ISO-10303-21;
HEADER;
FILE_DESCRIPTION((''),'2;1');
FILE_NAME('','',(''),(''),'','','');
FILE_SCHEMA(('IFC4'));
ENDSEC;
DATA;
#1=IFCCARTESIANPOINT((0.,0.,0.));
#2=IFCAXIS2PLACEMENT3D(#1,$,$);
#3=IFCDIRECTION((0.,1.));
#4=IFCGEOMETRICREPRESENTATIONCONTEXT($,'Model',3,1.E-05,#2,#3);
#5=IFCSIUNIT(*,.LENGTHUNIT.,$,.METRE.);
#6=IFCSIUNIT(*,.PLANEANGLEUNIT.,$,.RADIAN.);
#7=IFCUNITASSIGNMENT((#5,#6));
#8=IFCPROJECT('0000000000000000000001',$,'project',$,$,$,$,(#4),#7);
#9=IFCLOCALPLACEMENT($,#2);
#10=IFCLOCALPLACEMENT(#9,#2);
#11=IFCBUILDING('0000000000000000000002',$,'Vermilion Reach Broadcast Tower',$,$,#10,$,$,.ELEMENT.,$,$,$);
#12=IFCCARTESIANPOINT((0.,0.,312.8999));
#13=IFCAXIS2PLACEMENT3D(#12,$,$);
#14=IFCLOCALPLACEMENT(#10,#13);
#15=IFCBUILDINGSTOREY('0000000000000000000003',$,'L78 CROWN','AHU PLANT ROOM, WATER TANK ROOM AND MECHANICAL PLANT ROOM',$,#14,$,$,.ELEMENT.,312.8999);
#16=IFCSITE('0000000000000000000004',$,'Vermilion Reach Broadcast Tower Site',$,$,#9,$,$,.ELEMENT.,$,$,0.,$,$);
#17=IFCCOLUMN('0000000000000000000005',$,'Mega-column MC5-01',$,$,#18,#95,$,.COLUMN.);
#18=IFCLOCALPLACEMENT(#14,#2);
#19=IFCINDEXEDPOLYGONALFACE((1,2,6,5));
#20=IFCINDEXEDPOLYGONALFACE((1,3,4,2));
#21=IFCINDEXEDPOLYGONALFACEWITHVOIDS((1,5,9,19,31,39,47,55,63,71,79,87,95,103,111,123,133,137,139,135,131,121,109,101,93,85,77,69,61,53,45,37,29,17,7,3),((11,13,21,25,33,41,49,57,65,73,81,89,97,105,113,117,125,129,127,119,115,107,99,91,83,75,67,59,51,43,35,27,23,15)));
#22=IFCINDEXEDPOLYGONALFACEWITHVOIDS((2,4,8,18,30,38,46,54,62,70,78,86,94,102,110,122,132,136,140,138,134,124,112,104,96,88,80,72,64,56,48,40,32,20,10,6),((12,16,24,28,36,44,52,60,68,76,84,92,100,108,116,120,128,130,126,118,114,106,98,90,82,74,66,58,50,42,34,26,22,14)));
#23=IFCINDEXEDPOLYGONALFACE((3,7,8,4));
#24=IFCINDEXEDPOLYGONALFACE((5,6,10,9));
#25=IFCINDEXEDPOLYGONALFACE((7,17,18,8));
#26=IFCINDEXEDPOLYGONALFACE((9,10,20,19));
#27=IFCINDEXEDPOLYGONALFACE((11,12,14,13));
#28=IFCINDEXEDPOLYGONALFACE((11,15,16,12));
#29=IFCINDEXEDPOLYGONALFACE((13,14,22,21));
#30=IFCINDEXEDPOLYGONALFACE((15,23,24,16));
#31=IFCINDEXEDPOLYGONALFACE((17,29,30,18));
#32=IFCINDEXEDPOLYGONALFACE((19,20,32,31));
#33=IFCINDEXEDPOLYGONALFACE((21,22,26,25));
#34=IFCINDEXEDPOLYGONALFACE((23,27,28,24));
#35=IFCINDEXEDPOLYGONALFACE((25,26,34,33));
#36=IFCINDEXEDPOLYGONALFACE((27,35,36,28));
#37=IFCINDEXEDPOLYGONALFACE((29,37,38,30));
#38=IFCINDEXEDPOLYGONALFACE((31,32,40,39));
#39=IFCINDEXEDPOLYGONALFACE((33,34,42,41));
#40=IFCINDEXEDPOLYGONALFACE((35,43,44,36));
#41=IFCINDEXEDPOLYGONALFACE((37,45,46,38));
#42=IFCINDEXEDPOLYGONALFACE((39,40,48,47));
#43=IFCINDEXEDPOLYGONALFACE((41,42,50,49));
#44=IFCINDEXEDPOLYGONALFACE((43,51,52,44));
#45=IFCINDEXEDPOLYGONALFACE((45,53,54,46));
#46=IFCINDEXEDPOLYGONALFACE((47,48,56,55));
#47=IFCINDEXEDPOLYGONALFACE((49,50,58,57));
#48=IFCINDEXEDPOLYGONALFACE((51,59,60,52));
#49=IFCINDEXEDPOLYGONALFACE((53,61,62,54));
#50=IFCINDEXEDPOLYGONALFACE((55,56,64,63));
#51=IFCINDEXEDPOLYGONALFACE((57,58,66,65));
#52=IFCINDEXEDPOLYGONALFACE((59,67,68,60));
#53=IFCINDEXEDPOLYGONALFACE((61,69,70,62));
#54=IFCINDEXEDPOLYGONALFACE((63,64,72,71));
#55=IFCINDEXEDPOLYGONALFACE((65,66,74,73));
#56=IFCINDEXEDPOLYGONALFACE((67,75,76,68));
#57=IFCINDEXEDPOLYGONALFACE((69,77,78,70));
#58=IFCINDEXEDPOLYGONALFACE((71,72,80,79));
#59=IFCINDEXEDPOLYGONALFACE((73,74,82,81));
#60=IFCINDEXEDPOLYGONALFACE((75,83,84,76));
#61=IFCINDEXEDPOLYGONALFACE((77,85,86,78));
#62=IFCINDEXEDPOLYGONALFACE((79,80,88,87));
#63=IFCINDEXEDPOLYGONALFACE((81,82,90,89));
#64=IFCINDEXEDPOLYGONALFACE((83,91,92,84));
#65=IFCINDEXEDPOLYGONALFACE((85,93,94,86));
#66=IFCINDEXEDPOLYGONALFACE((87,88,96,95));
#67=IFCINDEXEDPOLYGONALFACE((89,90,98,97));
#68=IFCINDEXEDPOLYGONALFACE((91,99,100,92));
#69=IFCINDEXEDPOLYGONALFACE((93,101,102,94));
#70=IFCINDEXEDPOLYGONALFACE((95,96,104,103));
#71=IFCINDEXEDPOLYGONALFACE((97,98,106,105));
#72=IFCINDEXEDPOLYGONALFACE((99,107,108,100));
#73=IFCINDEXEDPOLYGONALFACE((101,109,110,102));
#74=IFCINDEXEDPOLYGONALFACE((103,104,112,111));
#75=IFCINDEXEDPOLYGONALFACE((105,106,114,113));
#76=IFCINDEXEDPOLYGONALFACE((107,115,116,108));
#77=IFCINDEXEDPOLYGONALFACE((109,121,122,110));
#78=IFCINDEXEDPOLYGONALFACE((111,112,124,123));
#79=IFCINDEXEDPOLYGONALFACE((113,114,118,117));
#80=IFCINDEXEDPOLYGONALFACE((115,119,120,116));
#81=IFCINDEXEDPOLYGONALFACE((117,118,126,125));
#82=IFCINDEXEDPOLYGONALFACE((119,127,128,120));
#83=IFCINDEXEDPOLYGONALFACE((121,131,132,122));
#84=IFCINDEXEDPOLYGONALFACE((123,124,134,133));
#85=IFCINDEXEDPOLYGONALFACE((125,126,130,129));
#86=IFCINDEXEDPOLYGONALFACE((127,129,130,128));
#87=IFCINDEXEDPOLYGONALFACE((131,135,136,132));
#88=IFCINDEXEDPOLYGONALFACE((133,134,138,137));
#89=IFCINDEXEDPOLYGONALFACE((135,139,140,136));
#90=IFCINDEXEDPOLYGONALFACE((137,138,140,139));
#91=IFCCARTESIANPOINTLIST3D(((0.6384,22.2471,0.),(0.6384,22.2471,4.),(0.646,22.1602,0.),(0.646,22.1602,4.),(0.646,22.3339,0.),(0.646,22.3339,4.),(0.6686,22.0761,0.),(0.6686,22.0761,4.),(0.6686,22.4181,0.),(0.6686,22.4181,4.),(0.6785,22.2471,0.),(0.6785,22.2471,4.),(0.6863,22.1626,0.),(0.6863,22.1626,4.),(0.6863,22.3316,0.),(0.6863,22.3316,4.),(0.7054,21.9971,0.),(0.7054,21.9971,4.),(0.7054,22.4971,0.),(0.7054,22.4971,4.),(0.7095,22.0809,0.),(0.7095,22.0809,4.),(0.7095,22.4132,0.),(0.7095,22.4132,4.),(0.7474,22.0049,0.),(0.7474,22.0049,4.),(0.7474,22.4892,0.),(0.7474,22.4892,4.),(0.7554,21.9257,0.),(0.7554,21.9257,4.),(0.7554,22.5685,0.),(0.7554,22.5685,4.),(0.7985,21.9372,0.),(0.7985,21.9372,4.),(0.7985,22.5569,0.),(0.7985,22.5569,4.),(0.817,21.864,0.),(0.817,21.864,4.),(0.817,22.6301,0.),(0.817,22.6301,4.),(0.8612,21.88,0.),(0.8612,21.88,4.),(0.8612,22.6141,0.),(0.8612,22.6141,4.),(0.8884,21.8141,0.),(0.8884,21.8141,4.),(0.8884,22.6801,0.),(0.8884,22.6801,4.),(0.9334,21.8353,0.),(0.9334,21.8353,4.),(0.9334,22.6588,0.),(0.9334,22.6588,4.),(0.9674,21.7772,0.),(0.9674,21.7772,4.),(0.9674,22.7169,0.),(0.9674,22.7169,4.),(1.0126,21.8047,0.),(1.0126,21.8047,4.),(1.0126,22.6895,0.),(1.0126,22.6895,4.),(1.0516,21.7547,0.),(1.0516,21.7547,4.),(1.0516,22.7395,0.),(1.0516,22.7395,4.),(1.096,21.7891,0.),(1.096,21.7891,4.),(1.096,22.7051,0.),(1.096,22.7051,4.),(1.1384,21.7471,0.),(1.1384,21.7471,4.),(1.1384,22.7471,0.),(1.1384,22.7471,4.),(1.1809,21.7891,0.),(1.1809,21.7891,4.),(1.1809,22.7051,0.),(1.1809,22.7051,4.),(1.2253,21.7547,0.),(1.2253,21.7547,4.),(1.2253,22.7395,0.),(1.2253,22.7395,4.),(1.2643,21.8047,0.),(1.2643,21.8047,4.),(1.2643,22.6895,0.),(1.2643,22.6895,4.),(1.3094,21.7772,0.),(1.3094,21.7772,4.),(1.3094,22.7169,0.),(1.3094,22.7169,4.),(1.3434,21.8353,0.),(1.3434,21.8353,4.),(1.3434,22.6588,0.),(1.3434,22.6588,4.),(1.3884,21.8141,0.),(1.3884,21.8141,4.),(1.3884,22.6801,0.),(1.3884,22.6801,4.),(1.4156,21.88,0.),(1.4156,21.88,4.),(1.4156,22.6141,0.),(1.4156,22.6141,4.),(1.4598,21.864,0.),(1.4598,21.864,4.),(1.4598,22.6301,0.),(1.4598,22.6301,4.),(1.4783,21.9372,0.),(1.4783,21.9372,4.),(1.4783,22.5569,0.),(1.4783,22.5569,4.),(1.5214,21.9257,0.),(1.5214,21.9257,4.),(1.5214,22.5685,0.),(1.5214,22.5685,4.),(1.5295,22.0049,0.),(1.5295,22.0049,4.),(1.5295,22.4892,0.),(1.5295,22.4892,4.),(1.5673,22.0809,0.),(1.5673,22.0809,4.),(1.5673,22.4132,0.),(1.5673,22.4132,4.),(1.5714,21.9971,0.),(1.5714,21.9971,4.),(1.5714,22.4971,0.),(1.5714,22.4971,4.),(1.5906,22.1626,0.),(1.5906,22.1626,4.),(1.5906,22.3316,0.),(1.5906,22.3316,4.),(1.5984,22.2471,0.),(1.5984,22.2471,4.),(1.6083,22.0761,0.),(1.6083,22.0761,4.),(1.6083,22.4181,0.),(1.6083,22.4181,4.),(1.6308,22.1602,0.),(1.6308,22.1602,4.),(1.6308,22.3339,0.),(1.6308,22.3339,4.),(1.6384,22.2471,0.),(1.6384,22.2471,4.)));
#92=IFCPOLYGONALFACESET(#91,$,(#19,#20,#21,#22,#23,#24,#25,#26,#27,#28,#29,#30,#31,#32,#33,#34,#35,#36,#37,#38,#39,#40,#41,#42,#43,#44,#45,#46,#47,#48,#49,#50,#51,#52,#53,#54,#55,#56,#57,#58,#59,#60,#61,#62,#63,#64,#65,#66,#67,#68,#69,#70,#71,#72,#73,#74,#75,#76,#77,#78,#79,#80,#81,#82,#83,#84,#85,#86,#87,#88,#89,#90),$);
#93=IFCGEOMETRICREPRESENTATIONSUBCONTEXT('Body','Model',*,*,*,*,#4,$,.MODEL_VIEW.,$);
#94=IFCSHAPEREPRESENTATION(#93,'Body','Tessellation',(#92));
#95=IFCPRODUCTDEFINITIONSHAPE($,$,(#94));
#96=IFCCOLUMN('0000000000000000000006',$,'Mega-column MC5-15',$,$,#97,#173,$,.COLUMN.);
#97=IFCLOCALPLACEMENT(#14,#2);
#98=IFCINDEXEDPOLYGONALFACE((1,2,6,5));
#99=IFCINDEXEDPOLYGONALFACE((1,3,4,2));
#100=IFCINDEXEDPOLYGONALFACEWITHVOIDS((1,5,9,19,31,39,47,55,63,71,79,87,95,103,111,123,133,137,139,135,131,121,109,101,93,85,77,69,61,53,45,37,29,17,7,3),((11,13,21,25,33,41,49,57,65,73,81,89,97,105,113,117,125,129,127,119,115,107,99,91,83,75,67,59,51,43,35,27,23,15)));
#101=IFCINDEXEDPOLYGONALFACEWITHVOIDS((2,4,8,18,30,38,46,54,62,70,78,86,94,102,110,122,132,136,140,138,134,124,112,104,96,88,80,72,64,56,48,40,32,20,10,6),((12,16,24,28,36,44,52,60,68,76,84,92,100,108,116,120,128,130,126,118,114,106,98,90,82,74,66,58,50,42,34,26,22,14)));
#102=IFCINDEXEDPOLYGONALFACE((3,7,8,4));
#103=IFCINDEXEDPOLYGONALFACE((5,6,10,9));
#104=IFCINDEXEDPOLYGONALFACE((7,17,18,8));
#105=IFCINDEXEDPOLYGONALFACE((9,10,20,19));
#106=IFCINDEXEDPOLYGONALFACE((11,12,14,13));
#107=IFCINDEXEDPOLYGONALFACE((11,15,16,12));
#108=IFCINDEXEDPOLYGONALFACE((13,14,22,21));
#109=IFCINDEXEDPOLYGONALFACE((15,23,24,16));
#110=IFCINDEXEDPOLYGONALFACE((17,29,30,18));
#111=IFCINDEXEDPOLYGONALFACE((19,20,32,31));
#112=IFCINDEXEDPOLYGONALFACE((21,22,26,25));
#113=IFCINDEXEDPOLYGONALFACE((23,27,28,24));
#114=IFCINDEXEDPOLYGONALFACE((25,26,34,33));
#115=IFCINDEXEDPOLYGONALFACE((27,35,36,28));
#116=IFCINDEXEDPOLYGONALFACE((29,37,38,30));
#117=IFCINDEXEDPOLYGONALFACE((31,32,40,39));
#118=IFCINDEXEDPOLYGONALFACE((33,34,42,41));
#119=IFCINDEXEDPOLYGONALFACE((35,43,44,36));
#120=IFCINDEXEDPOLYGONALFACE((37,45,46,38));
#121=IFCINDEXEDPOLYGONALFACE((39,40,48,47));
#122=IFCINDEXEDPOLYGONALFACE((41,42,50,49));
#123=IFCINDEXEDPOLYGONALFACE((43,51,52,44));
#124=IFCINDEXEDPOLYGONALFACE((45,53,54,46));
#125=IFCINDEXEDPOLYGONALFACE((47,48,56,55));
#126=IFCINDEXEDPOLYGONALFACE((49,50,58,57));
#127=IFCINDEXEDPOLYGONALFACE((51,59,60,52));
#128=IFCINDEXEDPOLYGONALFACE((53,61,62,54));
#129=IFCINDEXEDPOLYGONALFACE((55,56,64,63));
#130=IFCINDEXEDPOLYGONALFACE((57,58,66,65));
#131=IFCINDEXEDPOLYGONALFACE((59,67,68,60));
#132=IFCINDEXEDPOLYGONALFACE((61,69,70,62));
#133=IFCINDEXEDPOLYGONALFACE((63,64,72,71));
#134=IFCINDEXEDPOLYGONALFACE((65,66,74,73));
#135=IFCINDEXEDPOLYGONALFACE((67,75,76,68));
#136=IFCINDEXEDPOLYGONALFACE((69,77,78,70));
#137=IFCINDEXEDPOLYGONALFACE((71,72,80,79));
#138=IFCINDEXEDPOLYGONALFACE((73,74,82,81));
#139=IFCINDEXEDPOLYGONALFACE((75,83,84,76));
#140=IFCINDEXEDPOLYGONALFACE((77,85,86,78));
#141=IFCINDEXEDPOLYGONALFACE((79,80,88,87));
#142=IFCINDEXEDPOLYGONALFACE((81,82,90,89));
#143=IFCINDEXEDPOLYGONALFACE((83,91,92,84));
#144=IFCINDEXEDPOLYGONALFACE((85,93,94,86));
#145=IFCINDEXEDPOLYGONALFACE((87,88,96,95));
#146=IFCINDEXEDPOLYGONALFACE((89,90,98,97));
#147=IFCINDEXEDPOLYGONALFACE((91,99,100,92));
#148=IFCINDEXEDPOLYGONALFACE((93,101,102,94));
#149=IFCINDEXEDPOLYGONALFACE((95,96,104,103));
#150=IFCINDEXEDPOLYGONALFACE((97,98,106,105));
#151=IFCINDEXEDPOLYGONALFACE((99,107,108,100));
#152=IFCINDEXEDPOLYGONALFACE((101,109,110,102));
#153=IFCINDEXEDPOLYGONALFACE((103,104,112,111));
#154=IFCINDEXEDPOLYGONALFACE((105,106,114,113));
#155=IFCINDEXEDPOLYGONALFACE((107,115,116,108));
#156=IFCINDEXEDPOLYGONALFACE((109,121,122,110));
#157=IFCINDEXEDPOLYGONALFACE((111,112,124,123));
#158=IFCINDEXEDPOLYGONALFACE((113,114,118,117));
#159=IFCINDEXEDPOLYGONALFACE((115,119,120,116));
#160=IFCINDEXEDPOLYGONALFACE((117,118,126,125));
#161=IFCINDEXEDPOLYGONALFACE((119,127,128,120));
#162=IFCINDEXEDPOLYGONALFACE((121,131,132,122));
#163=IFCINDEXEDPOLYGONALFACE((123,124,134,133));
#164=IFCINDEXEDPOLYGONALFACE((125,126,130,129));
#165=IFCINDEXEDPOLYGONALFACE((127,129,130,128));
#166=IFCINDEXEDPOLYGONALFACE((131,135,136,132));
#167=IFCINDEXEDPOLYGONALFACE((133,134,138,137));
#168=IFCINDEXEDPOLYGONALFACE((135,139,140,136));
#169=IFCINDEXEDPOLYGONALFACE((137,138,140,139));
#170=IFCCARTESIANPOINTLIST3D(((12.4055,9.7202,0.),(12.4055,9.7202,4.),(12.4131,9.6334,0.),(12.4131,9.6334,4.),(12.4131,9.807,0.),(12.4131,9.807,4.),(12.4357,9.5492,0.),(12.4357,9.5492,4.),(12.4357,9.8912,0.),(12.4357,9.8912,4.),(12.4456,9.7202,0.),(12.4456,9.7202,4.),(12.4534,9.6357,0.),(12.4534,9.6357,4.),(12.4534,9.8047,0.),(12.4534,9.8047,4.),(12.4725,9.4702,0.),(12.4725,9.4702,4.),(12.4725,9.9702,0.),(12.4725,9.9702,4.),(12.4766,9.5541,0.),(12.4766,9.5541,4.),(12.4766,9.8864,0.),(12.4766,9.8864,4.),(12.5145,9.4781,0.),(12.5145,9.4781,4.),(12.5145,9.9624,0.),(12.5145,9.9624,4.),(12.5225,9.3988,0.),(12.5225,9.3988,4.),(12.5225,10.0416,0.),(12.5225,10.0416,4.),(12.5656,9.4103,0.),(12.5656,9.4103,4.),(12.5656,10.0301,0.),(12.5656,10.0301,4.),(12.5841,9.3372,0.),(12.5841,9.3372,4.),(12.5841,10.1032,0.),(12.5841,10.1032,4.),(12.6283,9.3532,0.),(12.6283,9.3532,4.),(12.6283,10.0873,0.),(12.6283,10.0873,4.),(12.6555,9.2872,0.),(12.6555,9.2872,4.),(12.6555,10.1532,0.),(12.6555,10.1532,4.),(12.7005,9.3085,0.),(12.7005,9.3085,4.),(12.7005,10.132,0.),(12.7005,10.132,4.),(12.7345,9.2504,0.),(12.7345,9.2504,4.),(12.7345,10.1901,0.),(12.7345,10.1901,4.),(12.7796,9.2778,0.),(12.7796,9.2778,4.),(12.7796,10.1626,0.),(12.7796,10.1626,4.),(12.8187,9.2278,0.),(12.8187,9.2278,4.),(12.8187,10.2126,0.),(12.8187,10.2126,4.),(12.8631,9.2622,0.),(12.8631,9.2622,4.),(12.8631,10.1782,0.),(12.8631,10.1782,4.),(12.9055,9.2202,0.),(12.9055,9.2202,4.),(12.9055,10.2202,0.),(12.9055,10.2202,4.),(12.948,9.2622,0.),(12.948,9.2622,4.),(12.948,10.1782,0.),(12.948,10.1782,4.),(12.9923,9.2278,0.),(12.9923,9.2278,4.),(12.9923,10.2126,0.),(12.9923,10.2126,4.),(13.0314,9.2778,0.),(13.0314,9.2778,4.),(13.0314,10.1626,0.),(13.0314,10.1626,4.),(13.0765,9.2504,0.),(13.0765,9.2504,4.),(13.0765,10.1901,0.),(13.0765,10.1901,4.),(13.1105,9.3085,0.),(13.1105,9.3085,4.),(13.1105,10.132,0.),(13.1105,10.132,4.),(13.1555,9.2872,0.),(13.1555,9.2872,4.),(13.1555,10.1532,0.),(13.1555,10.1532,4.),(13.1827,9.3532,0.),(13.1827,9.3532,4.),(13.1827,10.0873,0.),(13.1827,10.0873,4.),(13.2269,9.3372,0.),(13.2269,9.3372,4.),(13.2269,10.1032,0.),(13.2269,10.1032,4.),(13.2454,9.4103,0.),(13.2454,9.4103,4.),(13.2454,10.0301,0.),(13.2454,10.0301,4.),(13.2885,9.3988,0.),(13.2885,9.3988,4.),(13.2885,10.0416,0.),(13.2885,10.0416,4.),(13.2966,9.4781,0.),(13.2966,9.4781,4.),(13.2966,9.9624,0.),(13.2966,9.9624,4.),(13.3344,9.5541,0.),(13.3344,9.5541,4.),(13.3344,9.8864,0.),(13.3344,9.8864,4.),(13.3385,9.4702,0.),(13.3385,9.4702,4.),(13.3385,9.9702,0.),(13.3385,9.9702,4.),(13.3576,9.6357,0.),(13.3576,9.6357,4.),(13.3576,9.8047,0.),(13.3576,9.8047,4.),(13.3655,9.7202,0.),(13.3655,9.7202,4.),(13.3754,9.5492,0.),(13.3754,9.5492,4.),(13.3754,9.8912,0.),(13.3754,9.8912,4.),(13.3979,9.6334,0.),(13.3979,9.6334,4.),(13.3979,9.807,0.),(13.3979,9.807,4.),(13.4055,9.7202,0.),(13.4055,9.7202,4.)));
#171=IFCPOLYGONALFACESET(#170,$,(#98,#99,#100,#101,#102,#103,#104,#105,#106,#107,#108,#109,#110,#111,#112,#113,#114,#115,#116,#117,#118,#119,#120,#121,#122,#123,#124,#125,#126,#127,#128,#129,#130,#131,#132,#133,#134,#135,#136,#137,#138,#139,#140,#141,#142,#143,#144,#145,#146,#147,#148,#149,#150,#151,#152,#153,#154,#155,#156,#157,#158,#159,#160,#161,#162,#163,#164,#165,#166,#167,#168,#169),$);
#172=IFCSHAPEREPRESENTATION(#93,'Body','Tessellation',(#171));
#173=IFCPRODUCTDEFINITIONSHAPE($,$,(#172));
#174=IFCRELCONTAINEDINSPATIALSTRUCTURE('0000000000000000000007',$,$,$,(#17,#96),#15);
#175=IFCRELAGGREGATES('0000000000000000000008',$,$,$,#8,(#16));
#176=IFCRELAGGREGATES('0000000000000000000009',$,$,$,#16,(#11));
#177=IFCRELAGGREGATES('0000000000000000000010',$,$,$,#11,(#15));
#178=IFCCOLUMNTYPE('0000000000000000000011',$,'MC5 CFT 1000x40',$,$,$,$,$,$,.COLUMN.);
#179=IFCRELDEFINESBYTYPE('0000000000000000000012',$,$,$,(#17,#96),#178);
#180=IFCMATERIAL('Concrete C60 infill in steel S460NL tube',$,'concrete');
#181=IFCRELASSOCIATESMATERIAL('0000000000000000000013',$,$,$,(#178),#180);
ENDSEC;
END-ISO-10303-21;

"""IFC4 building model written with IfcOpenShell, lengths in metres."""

from ifc_helpers import new_model, si_unit, direction, frame, origin, origin_2d, place, context, subcontext, project, spatial, hollow_circle, extrude, material, material_profile, profile_set, type_object, element, save


model = new_model("IFC4")

# Units and contexts
model_context = context("Model", 3, precision=1e-05, world=origin(), true_north=direction((0.0, 1.0)))
body_context = subcontext(model_context, "Body", "Model", "MODEL_VIEW")
ifc_project = project(units=[si_unit("LENGTHUNIT", "METRE"), si_unit("PLANEANGLEUNIT", "RADIAN")], contexts=[model_context])

# Site, building, storey
site_placement = place(None, origin())
site = spatial("IfcSite", under=ifc_project, at=site_placement, Name="Vermilion Reach Broadcast Tower Site", CompositionType="ELEMENT", RefElevation=0.0)
building_placement = place(site_placement, origin())
building = spatial("IfcBuilding", under=site, at=building_placement, Name="Vermilion Reach Broadcast Tower", CompositionType="ELEMENT")
storey_placement = place(building_placement, frame((0.0, 0.0, 312.8999)))
storey = spatial("IfcBuildingStorey", under=building, at=storey_placement, Name="L78 CROWN", Description="AHU PLANT ROOM, WATER TANK ROOM AND MECHANICAL PLANT ROOM", CompositionType="ELEMENT", Elevation=312.8999)

# Columns
ifc_material_1 = material(Name="Concrete C60 infill in steel S460NL tube", Category="concrete")
ifc_material_profile_1 = material_profile(ifc_material_1, hollow_circle(Radius=0.5, WallThickness=0.04, at=origin_2d()), Name="Concrete C60 infill in steel S460NL tube CFT 1000x40")
ifc_profile_set_1 = profile_set([ifc_material_profile_1], Name="Concrete C60 infill in steel S460NL tube")
column_type = type_object("IfcColumnType", Name="MC5 CFT 1000x40", PredefinedType="COLUMN", material=ifc_profile_set_1)
for number, where, z_axis, x_axis, name in (
    (1, (1.1384, 22.2471, 0.0), (0.0, 0.0, 1.0), (1.0, 0.0, 0.0), "Mega-column MC5-01"),
    (2, (12.9055, 9.7202, 0.0), (0.0, 0.0, 1.0), (1.0, 0.0, 0.0), "Mega-column MC5-15"),
):
    element("IfcColumn", number, at=place(storey_placement, frame(where, z_axis=z_axis, x_axis=x_axis)), inside=storey, type_object=column_type, Name=name, PredefinedType="COLUMN", context=body_context, shape_type="SweptSolid", body=[
        extrude(hollow_circle(Radius=0.5, WallThickness=0.04, at=origin_2d()), origin(), (0.0, 0.0, 1.0), 4.0),
    ])

save(model, "model.ifc")
